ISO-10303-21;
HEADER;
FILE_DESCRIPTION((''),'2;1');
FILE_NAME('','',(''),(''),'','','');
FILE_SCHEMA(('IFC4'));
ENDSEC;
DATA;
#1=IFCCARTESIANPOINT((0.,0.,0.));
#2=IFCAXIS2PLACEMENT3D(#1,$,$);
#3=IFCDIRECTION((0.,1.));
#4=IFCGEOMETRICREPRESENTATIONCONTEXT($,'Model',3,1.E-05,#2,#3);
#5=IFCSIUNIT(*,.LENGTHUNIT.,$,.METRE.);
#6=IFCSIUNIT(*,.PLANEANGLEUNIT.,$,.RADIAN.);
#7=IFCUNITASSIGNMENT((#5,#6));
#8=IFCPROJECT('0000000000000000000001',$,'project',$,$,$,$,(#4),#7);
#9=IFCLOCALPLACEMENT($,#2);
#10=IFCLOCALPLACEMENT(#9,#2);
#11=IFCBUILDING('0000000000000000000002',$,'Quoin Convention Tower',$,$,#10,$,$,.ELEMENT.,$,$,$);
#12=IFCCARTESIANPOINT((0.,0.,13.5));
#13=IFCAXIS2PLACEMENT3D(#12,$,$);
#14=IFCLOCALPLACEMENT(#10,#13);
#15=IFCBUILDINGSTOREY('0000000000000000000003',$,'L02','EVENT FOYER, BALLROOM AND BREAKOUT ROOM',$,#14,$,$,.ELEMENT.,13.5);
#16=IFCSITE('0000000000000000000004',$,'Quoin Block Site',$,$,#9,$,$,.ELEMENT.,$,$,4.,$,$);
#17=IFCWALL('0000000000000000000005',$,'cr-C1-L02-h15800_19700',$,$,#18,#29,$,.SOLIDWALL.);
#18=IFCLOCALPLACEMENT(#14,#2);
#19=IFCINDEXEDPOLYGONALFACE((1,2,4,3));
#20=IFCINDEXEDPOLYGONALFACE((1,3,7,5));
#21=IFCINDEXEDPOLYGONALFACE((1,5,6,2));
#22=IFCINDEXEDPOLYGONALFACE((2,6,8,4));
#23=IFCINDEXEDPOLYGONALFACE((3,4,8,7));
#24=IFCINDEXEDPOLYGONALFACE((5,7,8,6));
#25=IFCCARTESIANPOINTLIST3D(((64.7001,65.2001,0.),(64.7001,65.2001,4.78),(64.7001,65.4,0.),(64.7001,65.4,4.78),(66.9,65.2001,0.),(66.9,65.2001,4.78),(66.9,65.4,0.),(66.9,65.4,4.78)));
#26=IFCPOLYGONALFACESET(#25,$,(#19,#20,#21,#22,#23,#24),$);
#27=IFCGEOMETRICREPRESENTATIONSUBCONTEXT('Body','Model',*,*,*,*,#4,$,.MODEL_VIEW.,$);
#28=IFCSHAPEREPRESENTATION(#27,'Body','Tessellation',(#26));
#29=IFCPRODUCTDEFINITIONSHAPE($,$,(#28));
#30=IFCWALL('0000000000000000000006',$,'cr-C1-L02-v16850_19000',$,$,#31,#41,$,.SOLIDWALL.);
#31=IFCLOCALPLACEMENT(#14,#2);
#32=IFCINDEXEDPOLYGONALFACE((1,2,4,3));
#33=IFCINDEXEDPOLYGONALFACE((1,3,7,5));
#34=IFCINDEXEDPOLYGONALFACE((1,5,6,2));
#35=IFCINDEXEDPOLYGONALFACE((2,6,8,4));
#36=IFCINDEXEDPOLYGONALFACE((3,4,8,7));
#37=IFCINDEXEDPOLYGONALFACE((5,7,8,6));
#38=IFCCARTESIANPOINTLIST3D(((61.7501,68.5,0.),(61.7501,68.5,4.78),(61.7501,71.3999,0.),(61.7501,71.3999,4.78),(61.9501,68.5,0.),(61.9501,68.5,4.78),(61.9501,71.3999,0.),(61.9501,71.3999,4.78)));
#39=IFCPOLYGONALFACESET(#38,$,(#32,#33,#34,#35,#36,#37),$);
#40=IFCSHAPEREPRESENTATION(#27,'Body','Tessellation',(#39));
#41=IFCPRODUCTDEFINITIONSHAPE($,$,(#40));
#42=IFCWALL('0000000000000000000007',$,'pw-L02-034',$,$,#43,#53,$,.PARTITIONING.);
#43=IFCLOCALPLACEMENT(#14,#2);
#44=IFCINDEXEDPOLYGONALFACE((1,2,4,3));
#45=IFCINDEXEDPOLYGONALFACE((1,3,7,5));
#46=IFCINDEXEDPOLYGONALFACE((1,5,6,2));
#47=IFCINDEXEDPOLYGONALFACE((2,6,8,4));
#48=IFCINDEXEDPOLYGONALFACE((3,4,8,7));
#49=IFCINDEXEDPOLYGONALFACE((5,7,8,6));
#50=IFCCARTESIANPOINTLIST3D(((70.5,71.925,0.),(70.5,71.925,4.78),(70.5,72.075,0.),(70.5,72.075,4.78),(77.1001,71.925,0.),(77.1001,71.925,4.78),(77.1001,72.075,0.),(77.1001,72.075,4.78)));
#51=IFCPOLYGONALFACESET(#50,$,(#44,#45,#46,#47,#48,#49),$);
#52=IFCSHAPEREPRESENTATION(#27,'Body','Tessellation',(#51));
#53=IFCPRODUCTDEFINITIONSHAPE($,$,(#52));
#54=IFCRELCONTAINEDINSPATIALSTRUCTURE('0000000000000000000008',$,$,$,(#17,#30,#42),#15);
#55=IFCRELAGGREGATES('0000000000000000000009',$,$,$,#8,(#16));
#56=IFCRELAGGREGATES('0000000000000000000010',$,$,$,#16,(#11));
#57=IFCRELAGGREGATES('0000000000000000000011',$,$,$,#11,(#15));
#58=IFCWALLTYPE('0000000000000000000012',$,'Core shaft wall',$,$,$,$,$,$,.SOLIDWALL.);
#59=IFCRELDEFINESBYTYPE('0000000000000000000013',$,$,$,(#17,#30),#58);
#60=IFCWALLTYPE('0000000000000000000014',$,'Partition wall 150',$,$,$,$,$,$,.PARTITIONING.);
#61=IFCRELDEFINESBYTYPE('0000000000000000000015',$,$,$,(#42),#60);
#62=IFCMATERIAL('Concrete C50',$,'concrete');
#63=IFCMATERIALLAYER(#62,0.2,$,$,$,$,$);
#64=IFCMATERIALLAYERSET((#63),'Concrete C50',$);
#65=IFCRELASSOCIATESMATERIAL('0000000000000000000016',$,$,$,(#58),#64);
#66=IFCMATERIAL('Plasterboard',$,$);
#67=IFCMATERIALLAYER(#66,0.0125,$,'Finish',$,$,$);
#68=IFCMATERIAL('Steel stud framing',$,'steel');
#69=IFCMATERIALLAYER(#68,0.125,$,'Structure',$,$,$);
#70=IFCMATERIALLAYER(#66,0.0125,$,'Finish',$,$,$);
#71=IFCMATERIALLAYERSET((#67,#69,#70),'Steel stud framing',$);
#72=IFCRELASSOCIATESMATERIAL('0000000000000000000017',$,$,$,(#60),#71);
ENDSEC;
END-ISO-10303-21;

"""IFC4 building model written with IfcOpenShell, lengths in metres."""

from ifc_helpers import new_model, si_unit, direction, frame, frame_2d, origin, place, context, subcontext, project, spatial, rectangle, extrude, material, layer, layer_set, type_object, element, save


model = new_model("IFC4")

# Units and contexts
model_context = context("Model", 3, precision=1e-05, world=origin(), true_north=direction((0.0, 1.0)))
body_context = subcontext(model_context, "Body", "Model", "MODEL_VIEW")
ifc_project = project(units=[si_unit("LENGTHUNIT", "METRE"), si_unit("PLANEANGLEUNIT", "RADIAN")], contexts=[model_context])

# Site, building, storey
site_placement = place(None, origin())
site = spatial("IfcSite", under=ifc_project, at=site_placement, Name="Quoin Block Site", CompositionType="ELEMENT", RefElevation=4.0)
building_placement = place(site_placement, origin())
building = spatial("IfcBuilding", under=site, at=building_placement, Name="Quoin Convention Tower", CompositionType="ELEMENT")
storey_placement = place(building_placement, frame((0.0, 0.0, 13.5)))
storey = spatial("IfcBuildingStorey", under=building, at=storey_placement, Name="L02", Description="EVENT FOYER, BALLROOM AND BREAKOUT ROOM", CompositionType="ELEMENT", Elevation=13.5)

# Shared definitions
ifc_material_1 = material(Name="Plasterboard")
ifc_material_2 = material(Name="Steel stud framing", Category="steel")

# Walls
ifc_material_3 = material(Name="Concrete C50", Category="concrete")
ifc_layer_1 = layer(ifc_material_3, 0.2)
ifc_layer_set_1 = layer_set([ifc_layer_1], Name="Concrete C50")
wall_type_1 = type_object("IfcWallType", Name="Core shaft wall", PredefinedType="SOLIDWALL", material=ifc_layer_set_1)
wall_1_placement = place(storey_placement, frame((64.7, 65.3, 0.0), z_axis=(0.0, 0.0, 1.0), x_axis=(1.0, 0.0, 0.0)))
element("IfcWall", 1, at=wall_1_placement, inside=storey, type_object=wall_type_1, Name="cr-C1-L02-h15800_19700", PredefinedType="SOLIDWALL", context=body_context, shape_type="SweptSolid", body=[
    extrude(rectangle(XDim=2.2, YDim=0.2, at=frame_2d((1.1001, 0.0))), origin(), (0.0, 0.0, 1.0), 4.78),
])
wall_2_placement = place(storey_placement, frame((61.8501, 68.5, 0.0), z_axis=(0.0, 0.0, 1.0), x_axis=(0.0, 1.0, 0.0)))
element("IfcWall", 2, at=wall_2_placement, inside=storey, type_object=wall_type_1, Name="cr-C1-L02-v16850_19000", PredefinedType="SOLIDWALL", context=body_context, shape_type="SweptSolid", body=[
    extrude(rectangle(XDim=2.8999, YDim=0.2, at=frame_2d((1.45, 0.0))), origin(), (0.0, 0.0, 1.0), 4.78),
])
ifc_layer_2 = layer(ifc_material_1, 0.0125, Name="Finish")
ifc_layer_3 = layer(ifc_material_2, 0.125, Name="Structure")
ifc_layer_4 = layer(ifc_material_1, 0.0125, Name="Finish")
ifc_layer_set_2 = layer_set([ifc_layer_2, ifc_layer_3, ifc_layer_4], Name="Steel stud framing")
wall_type_2 = type_object("IfcWallType", Name="Partition wall 150", PredefinedType="PARTITIONING", material=ifc_layer_set_2)
wall_3_placement = place(storey_placement, frame((70.5, 72.0, 0.0), z_axis=(0.0, 0.0, 1.0), x_axis=(1.0, 0.0, 0.0)))
element("IfcWall", 3, at=wall_3_placement, inside=storey, type_object=wall_type_2, Name="pw-L02-034", PredefinedType="PARTITIONING", context=body_context, shape_type="SweptSolid", body=[
    extrude(rectangle(XDim=6.6001, YDim=0.1499, at=frame_2d((3.3, 0.0))), origin(), (0.0, 0.0, 1.0), 4.78),
])

save(model, "model.ifc")
